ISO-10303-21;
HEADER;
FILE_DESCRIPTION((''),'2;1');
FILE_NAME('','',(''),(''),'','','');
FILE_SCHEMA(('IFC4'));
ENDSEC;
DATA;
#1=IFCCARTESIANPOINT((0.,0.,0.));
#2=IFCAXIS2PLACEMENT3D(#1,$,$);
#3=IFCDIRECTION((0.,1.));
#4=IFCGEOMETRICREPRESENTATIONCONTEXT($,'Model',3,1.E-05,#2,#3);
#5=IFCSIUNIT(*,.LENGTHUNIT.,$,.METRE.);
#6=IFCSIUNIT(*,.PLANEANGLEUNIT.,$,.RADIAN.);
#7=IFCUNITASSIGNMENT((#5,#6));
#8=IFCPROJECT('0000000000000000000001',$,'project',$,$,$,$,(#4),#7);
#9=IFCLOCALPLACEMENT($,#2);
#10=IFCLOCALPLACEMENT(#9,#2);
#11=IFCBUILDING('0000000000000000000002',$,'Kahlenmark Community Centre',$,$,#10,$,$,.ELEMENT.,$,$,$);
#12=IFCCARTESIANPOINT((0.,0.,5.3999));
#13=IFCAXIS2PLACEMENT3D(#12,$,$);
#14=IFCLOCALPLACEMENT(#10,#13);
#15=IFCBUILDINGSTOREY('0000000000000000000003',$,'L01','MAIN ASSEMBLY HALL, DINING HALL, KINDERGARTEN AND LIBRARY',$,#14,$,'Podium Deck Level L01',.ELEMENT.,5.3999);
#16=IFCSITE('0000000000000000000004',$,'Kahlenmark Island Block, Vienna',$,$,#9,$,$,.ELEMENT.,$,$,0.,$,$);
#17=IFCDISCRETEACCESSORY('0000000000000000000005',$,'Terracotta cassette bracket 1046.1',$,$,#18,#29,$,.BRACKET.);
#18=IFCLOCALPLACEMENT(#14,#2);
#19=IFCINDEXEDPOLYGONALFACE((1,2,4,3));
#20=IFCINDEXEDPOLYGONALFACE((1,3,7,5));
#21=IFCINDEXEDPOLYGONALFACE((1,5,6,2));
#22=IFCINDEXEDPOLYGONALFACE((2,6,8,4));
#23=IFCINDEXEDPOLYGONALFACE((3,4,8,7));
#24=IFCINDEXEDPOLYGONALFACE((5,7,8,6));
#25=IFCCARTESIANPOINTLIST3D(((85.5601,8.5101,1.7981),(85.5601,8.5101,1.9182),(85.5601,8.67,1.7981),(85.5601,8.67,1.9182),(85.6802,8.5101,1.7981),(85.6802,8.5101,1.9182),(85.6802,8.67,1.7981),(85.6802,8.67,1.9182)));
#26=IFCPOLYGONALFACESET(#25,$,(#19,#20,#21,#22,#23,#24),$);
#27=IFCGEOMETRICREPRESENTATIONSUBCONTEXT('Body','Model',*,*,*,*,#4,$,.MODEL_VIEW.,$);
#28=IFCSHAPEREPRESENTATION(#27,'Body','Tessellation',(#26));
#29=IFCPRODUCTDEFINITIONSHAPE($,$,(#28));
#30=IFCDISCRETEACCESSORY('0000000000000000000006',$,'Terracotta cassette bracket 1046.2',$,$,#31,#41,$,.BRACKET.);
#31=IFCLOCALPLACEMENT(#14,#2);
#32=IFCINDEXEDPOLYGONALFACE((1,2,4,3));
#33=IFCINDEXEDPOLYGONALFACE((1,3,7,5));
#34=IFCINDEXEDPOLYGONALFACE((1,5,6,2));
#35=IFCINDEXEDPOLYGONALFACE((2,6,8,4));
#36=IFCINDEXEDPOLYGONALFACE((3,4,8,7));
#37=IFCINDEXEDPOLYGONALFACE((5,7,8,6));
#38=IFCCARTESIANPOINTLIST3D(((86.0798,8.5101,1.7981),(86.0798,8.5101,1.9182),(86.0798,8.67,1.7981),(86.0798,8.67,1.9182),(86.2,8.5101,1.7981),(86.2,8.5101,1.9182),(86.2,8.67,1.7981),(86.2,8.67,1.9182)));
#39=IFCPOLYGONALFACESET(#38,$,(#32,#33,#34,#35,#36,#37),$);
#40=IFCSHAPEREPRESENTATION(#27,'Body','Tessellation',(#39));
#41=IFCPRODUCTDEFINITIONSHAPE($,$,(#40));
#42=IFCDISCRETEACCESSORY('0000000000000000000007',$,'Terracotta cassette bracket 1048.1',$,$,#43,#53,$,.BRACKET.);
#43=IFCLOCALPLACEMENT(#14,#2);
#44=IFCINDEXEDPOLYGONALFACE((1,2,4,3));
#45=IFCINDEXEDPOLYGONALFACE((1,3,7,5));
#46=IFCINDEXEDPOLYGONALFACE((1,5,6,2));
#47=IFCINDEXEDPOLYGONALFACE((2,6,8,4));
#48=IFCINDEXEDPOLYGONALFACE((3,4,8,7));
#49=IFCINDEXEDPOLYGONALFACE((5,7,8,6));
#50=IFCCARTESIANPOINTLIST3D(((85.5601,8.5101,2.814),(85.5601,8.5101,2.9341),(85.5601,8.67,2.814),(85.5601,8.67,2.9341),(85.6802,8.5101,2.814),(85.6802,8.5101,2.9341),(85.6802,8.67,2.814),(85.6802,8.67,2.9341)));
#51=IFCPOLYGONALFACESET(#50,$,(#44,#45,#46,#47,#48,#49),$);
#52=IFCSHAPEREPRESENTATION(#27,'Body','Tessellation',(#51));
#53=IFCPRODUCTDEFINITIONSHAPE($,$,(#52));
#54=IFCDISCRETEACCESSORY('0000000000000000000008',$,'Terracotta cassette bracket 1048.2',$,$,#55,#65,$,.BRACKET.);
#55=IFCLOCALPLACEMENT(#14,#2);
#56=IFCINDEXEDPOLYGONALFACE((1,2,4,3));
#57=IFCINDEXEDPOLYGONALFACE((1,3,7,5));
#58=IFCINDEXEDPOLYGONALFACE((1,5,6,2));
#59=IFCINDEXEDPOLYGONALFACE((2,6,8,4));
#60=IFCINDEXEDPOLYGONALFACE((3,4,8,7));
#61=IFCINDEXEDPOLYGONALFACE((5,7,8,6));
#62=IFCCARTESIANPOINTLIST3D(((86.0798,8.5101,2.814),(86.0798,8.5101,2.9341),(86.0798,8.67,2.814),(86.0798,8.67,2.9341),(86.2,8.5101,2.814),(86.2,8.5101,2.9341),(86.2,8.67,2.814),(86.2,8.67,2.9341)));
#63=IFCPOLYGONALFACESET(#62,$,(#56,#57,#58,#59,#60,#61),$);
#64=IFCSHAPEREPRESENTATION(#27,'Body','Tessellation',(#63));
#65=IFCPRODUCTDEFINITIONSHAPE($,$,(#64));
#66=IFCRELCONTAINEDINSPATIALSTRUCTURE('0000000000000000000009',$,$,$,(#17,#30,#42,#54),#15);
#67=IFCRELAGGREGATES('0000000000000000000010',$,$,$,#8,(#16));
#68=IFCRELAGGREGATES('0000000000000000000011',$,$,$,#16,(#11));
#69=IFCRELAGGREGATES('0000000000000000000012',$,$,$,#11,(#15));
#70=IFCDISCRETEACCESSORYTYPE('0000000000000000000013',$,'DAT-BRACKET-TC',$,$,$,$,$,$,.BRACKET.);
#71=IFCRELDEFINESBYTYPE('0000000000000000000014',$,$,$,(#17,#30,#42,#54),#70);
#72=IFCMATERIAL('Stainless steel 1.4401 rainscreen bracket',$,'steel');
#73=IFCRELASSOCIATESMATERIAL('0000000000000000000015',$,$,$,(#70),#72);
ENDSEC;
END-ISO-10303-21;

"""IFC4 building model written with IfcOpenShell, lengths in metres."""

from ifc_helpers import new_model, si_unit, direction, frame, origin, origin_2d, place, context, subcontext, project, spatial, rectangle, extrude, material, type_object, element, save


model = new_model("IFC4")

# Units and contexts
model_context = context("Model", 3, precision=1e-05, world=origin(), true_north=direction((0.0, 1.0)))
body_context = subcontext(model_context, "Body", "Model", "MODEL_VIEW")
ifc_project = project(units=[si_unit("LENGTHUNIT", "METRE"), si_unit("PLANEANGLEUNIT", "RADIAN")], contexts=[model_context])

# Site, building, storey
site_placement = place(None, origin())
site = spatial("IfcSite", under=ifc_project, at=site_placement, Name="Kahlenmark Island Block, Vienna", CompositionType="ELEMENT", RefElevation=0.0)
building_placement = place(site_placement, origin())
building = spatial("IfcBuilding", under=site, at=building_placement, Name="Kahlenmark Community Centre", CompositionType="ELEMENT")
storey_placement = place(building_placement, frame((0.0, 0.0, 5.3999)))
storey = spatial("IfcBuildingStorey", under=building, at=storey_placement, Name="L01", Description="MAIN ASSEMBLY HALL, DINING HALL, KINDERGARTEN AND LIBRARY", LongName="Podium Deck Level L01", CompositionType="ELEMENT", Elevation=5.3999)

# Discrete accessories
ifc_material_1 = material(Name="Stainless steel 1.4401 rainscreen bracket", Category="steel")
discrete_accessory_type = type_object("IfcDiscreteAccessoryType", Name="DAT-BRACKET-TC", PredefinedType="BRACKET", material=ifc_material_1)
for number, where, z_axis, x_axis, name in (
    (1, (85.6201, 8.5901, 1.7981), (0.0, 0.0, 1.0), (1.0, 0.0, 0.0), "Terracotta cassette bracket 1046.1"),
    (2, (86.1399, 8.5901, 1.7981), (0.0, 0.0, 1.0), (1.0, 0.0, 0.0), "Terracotta cassette bracket 1046.2"),
    (3, (85.6201, 8.5901, 2.814), (0.0, 0.0, 1.0), (1.0, 0.0, 0.0), "Terracotta cassette bracket 1048.1"),
    (4, (86.1399, 8.5901, 2.814), (0.0, 0.0, 1.0), (1.0, 0.0, 0.0), "Terracotta cassette bracket 1048.2"),
):
    element("IfcDiscreteAccessory", number, at=place(storey_placement, frame(where, z_axis=z_axis, x_axis=x_axis)), inside=storey, type_object=discrete_accessory_type, Name=name, PredefinedType="BRACKET", context=body_context, shape_type="SweptSolid", body=[
        extrude(rectangle(XDim=0.1201, YDim=0.1599, at=origin_2d()), origin(), (0.0, 0.0, 1.0), 0.1201),
    ])

save(model, "model.ifc")
